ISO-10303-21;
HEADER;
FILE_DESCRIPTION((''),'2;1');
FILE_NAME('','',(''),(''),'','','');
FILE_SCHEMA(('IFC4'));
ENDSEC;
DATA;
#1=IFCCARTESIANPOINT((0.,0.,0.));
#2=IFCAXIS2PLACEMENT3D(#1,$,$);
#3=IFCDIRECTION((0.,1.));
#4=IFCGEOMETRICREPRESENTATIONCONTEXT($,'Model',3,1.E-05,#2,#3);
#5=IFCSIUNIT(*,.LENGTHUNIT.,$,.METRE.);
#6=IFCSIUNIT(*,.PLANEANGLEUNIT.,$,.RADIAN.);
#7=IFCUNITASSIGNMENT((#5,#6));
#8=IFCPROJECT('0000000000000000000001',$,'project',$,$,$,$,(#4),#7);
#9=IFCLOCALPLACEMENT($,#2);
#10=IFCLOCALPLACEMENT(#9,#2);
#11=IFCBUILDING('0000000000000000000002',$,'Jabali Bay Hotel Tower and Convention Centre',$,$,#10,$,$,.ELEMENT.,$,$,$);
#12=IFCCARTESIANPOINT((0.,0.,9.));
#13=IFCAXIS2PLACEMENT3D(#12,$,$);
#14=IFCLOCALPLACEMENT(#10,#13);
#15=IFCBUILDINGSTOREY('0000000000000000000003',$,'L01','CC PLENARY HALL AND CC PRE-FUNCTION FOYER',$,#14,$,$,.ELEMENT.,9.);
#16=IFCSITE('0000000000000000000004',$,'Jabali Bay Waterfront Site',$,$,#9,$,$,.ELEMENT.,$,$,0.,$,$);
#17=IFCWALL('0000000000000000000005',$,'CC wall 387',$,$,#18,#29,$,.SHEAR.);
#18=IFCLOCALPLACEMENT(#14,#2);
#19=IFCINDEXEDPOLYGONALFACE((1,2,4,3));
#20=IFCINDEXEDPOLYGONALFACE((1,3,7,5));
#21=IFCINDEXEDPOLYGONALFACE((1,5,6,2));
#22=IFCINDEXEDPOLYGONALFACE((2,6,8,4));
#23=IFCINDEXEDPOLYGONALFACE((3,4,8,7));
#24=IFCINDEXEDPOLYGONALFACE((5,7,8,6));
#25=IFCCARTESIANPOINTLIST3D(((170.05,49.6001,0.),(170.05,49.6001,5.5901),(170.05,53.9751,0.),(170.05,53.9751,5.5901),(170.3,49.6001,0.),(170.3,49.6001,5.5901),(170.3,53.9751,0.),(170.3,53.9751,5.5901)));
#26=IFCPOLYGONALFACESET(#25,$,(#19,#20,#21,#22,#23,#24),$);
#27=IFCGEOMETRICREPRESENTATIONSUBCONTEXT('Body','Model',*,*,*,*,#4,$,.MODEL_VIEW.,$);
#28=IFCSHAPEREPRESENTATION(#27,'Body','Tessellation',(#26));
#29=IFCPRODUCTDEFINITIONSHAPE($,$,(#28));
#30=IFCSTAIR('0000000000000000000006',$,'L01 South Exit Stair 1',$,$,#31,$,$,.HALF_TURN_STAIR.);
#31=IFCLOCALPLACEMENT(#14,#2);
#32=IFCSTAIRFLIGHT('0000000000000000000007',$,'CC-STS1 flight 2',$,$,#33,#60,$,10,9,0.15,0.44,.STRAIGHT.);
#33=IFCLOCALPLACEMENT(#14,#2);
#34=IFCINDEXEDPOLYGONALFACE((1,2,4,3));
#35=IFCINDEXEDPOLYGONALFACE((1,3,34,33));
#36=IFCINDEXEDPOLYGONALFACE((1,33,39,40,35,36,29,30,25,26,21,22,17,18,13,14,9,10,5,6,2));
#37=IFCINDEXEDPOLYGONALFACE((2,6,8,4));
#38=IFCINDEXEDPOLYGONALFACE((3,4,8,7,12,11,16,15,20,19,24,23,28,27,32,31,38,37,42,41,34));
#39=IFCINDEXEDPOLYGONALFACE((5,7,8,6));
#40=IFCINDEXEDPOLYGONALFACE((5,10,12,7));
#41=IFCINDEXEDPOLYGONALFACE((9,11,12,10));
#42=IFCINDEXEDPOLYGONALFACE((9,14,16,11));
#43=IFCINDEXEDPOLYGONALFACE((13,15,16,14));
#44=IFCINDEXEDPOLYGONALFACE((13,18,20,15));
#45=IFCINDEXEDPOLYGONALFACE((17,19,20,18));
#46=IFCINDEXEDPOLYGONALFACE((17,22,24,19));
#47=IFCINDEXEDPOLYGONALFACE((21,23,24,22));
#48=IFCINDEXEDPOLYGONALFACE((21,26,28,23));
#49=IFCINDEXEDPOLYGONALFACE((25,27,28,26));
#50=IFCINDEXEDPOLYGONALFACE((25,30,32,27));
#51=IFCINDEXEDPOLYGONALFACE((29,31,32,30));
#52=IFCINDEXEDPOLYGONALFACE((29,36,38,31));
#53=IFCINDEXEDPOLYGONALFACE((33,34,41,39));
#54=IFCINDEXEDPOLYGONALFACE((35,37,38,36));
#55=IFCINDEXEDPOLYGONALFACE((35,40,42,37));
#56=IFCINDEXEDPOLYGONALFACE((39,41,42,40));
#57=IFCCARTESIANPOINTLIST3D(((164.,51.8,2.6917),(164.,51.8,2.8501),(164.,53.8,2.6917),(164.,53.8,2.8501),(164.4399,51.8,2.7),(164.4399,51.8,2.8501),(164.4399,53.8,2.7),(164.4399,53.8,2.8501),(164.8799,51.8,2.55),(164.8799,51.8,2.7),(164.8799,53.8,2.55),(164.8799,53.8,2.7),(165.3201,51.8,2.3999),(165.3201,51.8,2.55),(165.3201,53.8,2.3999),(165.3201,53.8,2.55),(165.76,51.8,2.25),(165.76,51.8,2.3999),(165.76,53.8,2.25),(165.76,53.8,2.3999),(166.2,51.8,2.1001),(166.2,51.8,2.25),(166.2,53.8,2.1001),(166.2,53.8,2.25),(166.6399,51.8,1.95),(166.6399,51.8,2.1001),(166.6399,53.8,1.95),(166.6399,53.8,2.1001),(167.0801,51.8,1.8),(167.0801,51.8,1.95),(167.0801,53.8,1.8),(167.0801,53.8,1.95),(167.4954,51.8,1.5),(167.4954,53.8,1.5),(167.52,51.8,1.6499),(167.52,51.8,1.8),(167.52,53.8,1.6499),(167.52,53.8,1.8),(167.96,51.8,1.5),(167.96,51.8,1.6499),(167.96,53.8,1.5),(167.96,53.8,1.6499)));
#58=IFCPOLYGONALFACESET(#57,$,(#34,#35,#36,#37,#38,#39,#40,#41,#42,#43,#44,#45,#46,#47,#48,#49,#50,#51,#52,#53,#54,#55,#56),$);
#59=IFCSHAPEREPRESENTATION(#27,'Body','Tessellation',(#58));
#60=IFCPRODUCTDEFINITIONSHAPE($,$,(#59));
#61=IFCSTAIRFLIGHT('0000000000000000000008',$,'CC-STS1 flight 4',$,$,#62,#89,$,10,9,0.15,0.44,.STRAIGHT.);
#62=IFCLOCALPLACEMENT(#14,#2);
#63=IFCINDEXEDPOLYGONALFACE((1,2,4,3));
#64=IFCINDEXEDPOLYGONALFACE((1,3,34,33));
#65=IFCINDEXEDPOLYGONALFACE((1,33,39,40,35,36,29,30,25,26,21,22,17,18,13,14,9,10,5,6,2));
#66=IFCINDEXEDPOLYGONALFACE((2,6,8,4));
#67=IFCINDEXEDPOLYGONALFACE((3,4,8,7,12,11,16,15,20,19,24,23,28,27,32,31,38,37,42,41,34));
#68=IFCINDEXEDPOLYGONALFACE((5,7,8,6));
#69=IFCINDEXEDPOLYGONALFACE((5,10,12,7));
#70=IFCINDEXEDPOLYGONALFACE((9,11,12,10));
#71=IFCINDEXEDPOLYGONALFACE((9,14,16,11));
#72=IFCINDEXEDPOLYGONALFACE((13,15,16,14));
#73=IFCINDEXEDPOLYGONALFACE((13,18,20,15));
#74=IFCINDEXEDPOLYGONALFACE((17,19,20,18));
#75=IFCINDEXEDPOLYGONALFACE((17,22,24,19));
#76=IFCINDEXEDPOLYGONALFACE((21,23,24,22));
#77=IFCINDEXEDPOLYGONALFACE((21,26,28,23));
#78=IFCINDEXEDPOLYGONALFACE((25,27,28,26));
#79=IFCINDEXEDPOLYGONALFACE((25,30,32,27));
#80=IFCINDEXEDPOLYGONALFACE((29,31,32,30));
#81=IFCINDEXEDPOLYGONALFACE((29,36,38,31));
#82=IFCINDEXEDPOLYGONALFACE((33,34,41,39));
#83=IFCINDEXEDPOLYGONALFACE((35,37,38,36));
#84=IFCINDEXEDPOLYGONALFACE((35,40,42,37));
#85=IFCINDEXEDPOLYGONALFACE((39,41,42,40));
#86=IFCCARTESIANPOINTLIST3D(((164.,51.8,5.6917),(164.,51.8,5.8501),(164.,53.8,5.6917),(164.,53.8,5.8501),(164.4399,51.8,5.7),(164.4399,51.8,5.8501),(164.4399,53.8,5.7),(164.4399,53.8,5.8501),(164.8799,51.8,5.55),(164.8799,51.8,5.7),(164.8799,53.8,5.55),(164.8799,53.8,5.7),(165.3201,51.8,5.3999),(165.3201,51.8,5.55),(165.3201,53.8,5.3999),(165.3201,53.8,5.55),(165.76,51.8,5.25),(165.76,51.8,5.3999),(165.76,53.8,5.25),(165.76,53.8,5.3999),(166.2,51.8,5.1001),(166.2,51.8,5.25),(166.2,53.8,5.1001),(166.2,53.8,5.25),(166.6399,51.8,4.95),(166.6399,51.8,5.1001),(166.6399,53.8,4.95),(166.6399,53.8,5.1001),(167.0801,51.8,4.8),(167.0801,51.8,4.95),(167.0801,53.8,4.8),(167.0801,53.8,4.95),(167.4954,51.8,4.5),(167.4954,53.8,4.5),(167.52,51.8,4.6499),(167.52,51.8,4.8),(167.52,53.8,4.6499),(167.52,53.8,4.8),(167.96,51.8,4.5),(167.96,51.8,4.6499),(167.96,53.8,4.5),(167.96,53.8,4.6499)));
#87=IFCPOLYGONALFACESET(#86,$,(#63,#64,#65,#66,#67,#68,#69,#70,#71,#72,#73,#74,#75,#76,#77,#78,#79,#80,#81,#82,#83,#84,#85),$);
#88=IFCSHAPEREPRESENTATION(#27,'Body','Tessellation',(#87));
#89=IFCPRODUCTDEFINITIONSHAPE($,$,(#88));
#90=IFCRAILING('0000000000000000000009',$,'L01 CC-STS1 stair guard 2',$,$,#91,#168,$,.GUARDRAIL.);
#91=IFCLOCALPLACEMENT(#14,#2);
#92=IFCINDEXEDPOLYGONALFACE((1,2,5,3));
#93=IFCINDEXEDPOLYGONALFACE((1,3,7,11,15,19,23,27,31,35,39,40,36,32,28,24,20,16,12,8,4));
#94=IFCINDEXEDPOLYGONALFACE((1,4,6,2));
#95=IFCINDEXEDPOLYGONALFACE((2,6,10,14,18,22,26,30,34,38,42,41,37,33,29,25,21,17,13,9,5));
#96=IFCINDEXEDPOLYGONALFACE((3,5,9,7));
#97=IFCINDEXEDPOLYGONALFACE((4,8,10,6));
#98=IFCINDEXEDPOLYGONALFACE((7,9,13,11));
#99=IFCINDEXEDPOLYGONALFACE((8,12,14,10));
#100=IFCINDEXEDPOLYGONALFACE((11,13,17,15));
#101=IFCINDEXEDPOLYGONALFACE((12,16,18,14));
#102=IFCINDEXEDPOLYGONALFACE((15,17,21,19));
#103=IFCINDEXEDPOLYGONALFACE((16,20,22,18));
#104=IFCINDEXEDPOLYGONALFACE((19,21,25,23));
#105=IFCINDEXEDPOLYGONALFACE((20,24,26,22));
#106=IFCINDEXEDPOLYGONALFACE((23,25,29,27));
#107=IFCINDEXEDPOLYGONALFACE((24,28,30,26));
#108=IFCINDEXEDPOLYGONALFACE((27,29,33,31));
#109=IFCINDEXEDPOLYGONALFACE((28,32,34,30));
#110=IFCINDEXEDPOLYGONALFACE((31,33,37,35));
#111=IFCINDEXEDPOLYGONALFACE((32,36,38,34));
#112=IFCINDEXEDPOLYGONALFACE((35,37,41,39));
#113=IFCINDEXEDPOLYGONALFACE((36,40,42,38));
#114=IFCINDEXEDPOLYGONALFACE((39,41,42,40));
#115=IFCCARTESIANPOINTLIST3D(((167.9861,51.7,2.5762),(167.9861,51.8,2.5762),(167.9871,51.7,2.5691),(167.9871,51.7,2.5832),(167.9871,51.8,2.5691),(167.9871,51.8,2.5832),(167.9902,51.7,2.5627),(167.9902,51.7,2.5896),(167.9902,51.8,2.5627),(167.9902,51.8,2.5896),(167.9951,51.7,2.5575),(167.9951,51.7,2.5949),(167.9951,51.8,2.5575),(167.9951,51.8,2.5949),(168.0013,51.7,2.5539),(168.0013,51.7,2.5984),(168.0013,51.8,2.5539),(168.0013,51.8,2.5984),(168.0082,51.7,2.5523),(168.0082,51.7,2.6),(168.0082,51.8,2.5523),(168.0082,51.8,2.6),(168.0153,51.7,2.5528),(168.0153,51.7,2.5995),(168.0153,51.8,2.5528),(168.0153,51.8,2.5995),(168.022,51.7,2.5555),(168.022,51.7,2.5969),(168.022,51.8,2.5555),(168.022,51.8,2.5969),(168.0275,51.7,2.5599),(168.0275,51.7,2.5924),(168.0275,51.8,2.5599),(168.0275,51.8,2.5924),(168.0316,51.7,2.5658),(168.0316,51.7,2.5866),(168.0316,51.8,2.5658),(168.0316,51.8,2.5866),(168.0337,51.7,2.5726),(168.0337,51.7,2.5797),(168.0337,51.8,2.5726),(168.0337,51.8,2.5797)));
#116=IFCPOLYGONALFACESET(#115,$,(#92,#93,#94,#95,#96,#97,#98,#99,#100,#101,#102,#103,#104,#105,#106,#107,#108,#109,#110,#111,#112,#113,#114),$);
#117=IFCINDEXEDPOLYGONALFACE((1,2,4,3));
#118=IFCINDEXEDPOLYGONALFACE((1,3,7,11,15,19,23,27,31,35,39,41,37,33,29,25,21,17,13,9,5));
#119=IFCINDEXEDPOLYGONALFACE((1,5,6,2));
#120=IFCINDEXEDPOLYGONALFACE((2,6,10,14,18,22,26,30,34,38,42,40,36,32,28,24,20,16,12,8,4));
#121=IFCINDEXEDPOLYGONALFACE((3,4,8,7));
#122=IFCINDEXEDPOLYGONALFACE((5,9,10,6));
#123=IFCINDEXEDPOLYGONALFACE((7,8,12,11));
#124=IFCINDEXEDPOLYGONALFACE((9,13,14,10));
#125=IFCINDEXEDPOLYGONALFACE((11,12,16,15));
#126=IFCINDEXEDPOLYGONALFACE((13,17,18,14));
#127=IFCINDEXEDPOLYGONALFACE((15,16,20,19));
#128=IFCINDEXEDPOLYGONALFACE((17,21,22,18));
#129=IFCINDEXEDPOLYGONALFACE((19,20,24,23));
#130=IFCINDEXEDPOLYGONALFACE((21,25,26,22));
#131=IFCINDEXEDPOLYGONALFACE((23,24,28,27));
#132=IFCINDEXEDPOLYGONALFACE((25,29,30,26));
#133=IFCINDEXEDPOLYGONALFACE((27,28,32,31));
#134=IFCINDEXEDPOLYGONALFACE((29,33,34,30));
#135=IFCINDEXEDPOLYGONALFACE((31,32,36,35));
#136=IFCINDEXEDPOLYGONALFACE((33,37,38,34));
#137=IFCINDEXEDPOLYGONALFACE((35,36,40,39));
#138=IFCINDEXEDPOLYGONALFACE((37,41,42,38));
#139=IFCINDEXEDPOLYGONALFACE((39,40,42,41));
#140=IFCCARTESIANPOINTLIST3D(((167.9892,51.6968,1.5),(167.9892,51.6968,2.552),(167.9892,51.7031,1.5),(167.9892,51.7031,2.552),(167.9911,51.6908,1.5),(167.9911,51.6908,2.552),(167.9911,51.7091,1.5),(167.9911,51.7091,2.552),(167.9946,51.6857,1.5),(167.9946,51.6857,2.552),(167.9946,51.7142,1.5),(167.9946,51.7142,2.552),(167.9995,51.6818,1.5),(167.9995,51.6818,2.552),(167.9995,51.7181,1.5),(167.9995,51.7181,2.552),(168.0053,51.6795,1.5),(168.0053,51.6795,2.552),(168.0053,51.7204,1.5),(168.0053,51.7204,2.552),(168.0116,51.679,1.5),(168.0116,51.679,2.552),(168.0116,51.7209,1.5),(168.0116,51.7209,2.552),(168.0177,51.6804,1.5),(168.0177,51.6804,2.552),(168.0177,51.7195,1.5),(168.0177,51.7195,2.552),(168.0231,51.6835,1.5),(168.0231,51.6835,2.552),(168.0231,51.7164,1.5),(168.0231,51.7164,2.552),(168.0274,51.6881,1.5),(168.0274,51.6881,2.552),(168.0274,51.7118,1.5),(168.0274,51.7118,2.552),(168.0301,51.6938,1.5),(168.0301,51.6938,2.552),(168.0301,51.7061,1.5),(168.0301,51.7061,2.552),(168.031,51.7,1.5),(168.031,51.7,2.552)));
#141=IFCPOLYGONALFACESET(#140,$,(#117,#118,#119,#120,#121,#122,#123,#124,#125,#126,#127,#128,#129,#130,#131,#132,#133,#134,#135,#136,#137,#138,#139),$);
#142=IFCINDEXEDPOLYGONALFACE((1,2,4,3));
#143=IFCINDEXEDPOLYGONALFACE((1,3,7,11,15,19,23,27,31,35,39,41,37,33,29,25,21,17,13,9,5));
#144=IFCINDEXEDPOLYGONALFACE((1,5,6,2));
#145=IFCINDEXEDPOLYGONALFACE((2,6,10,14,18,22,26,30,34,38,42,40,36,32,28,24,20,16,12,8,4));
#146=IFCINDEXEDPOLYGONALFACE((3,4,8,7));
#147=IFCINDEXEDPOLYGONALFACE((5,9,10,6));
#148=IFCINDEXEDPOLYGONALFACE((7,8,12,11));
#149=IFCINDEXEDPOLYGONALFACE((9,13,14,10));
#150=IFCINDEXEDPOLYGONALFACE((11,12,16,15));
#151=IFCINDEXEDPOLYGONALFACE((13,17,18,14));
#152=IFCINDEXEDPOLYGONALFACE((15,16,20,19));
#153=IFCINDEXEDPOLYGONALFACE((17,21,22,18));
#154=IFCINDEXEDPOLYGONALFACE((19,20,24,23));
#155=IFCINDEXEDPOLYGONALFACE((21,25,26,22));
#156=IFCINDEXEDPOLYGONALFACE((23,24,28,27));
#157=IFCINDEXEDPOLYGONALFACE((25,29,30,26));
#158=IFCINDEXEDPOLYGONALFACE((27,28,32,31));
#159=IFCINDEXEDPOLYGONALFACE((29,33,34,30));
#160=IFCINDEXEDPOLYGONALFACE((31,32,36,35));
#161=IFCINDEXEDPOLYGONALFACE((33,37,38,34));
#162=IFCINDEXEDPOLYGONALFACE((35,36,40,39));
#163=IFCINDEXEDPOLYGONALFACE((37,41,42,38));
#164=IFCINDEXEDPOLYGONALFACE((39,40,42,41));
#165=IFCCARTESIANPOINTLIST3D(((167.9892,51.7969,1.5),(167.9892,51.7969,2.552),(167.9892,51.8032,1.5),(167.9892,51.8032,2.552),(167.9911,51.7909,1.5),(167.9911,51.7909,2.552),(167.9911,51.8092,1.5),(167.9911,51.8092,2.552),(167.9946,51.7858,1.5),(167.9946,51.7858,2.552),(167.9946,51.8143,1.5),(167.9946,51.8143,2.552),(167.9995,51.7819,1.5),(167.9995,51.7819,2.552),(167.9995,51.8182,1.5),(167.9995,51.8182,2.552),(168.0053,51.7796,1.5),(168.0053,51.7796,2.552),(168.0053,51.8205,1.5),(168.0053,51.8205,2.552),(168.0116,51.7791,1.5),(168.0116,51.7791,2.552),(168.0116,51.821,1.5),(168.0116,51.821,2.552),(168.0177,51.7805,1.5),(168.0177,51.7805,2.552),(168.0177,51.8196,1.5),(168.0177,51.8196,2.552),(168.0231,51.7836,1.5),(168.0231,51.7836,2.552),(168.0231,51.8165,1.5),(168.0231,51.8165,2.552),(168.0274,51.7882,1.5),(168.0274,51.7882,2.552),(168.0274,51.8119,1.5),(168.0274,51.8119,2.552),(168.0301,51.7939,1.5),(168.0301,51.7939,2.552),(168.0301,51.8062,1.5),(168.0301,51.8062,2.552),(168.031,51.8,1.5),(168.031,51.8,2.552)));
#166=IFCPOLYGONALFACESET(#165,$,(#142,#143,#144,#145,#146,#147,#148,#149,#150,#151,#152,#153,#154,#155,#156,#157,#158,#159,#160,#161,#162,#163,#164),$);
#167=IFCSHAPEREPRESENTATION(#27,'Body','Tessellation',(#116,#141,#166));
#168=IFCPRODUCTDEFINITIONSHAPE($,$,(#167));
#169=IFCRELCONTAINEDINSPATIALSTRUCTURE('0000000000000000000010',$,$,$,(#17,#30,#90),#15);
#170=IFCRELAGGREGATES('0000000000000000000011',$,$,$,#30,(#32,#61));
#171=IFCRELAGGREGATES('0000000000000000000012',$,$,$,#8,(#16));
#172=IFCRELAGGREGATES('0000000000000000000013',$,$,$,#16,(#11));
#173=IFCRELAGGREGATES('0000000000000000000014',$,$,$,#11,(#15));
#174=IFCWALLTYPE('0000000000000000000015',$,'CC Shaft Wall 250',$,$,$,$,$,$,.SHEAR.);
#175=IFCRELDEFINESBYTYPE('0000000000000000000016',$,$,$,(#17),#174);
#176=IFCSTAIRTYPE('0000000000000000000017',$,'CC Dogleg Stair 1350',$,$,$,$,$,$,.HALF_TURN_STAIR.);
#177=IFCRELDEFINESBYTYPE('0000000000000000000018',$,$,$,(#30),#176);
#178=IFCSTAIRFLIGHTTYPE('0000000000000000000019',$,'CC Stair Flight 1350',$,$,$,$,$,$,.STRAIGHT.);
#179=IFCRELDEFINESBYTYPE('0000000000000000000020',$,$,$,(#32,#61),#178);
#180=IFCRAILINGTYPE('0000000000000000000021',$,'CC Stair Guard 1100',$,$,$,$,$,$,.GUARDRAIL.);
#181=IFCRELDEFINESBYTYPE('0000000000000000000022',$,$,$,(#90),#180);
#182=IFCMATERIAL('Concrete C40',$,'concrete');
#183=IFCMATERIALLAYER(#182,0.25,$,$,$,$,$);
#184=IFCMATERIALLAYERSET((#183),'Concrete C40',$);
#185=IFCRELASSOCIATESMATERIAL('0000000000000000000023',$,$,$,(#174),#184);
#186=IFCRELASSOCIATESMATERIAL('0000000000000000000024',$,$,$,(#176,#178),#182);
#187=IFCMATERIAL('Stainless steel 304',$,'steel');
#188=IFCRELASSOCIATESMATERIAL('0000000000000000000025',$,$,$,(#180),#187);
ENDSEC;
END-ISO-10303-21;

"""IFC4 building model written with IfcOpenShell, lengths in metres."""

from ifc_helpers import new_model, si_unit, direction, frame, frame_2d, origin, origin_2d, place, context, subcontext, project, spatial, polyline, rectangle, circle, outline, extrude, material, layer, layer_set, type_object, element, aggregate, save


model = new_model("IFC4")

# Units and contexts
model_context = context("Model", 3, precision=1e-05, world=origin(), true_north=direction((0.0, 1.0)))
body_context = subcontext(model_context, "Body", "Model", "MODEL_VIEW")
ifc_project = project(units=[si_unit("LENGTHUNIT", "METRE"), si_unit("PLANEANGLEUNIT", "RADIAN")], contexts=[model_context])

# Site, building, storey
site_placement = place(None, origin())
site = spatial("IfcSite", under=ifc_project, at=site_placement, Name="Jabali Bay Waterfront Site", CompositionType="ELEMENT", RefElevation=0.0)
building_placement = place(site_placement, origin())
building = spatial("IfcBuilding", under=site, at=building_placement, Name="Jabali Bay Hotel Tower and Convention Centre", CompositionType="ELEMENT")
storey_placement = place(building_placement, frame((0.0, 0.0, 9.0)))
storey = spatial("IfcBuildingStorey", under=building, at=storey_placement, Name="L01", Description="CC PLENARY HALL AND CC PRE-FUNCTION FOYER", CompositionType="ELEMENT", Elevation=9.0)

# Shared definitions
ifc_material_1 = material(Name="Concrete C40", Category="concrete")

# Wall
ifc_layer_1 = layer(ifc_material_1, 0.25)
ifc_layer_set_1 = layer_set([ifc_layer_1], Name="Concrete C40")
wall_type_1 = type_object("IfcWallType", Name="CC Shaft Wall 250", PredefinedType="SHEAR", material=ifc_layer_set_1)
wall_1_placement = place(storey_placement, frame((170.175, 49.6001, 0.0), z_axis=(0.0, 0.0, 1.0), x_axis=(0.0, 1.0, 0.0)))
element("IfcWall", 1, at=wall_1_placement, inside=storey, type_object=wall_type_1, Name="CC wall 387", PredefinedType="SHEAR", context=body_context, shape_type="SweptSolid", body=[
    extrude(rectangle(XDim=4.375, YDim=0.25, at=frame_2d((2.1875, 0.0))), origin(), (0.0, 0.0, 1.0), 5.5901),
])

# Stair, stair flights
stair_type = type_object("IfcStairType", Name="CC Dogleg Stair 1350", PredefinedType="HALF_TURN_STAIR", material=ifc_material_1)
stair_placement = place(storey_placement, origin())
stair = element("IfcStair", 2, at=stair_placement, inside=storey, type_object=stair_type, Name="L01 South Exit Stair 1", PredefinedType="HALF_TURN_STAIR")
stair_flight_type = type_object("IfcStairFlightType", Name="CC Stair Flight 1350", PredefinedType="STRAIGHT", material=ifc_material_1)
stair_flight_1_placement = place(storey_placement, frame((167.96, 52.8, 1.5), z_axis=(0.0, 0.0, 1.0), x_axis=(-1.0, 0.0, 0.0)))
stair_flight_1 = element("IfcStairFlight", 3, at=stair_flight_1_placement, type_object=stair_flight_type, Name="CC-STS1 flight 2", NumberOfRisers=10, NumberOfTreads=9, PredefinedType="STRAIGHT", RiserHeight=0.15, TreadLength=0.44, context=body_context, shape_type="SweptSolid", body=[
    extrude(outline(polyline([(0.0, 0.0), (0.0, 0.1499), (0.4399, 0.1499), (0.4399, 0.3), (0.8799, 0.3), (0.8799, 0.45), (1.3201, 0.45), (1.3201, 0.6001), (1.76, 0.6001), (1.76, 0.75), (2.2, 0.75), (2.2, 0.8999), (2.6399, 0.8999), (2.6399, 1.05), (3.0801, 1.05), (3.0801, 1.2), (3.52, 1.2), (3.52, 1.3501), (3.96, 1.3501), (3.96, 1.5), (3.96, 1.1917), (0.4646, 0.0), (0.0, 0.0)])), frame((0.0, 1.0, 0.0), z_axis=(0.0, -1.0, 0.0), x_axis=(1.0, 0.0, 0.0)), (0.0, 0.0, 1.0), 2.0),
])
stair_flight_2_placement = place(storey_placement, frame((167.96, 52.8, 4.5), z_axis=(0.0, 0.0, 1.0), x_axis=(-1.0, 0.0, 0.0)))
stair_flight_2 = element("IfcStairFlight", 4, at=stair_flight_2_placement, type_object=stair_flight_type, Name="CC-STS1 flight 4", NumberOfRisers=10, NumberOfTreads=9, PredefinedType="STRAIGHT", RiserHeight=0.15, TreadLength=0.44, context=body_context, shape_type="SweptSolid", body=[
    extrude(outline(polyline([(0.0, 0.0), (0.0, 0.1499), (0.4399, 0.1499), (0.4399, 0.3), (0.8799, 0.3), (0.8799, 0.45), (1.3201, 0.45), (1.3201, 0.6001), (1.76, 0.6001), (1.76, 0.75), (2.2, 0.75), (2.2, 0.8999), (2.6399, 0.8999), (2.6399, 1.05), (3.0801, 1.05), (3.0801, 1.2), (3.52, 1.2), (3.52, 1.3501), (3.96, 1.3501), (3.96, 1.5), (3.96, 1.1917), (0.4646, 0.0), (0.0, 0.0)])), frame((0.0, 1.0, 0.0), z_axis=(0.0, -1.0, 0.0), x_axis=(1.0, 0.0, 0.0)), (0.0, 0.0, 1.0), 2.0),
])
aggregate(stair, [stair_flight_1, stair_flight_2])

# Railing
ifc_material_2 = material(Name="Stainless steel 304", Category="steel")
railing_type_1 = type_object("IfcRailingType", Name="CC Stair Guard 1100", PredefinedType="GUARDRAIL", material=ifc_material_2)
railing_1_placement = place(storey_placement, frame((168.01, 51.7, 1.5)))
element("IfcRailing", 5, at=railing_1_placement, inside=storey, type_object=railing_type_1, Name="L01 CC-STS1 stair guard 2", PredefinedType="GUARDRAIL", context=body_context, shape_type="SweptSolid", body=[
    extrude(circle(Radius=0.0239, at=origin_2d()), frame((0.0, 0.0, 1.0762), z_axis=(0.0, 1.0, 0.0), x_axis=(-1.0, 0.0, 0.0)), (0.0, 0.0, 1.0), 0.1001),
    extrude(circle(Radius=0.021, at=origin_2d()), origin(), (0.0, 0.0, 1.0), 1.052),
    extrude(circle(Radius=0.021, at=origin_2d()), frame((0.0, 0.1001, 0.0)), (0.0, 0.0, 1.0), 1.052),
])

save(model, "model.ifc")
